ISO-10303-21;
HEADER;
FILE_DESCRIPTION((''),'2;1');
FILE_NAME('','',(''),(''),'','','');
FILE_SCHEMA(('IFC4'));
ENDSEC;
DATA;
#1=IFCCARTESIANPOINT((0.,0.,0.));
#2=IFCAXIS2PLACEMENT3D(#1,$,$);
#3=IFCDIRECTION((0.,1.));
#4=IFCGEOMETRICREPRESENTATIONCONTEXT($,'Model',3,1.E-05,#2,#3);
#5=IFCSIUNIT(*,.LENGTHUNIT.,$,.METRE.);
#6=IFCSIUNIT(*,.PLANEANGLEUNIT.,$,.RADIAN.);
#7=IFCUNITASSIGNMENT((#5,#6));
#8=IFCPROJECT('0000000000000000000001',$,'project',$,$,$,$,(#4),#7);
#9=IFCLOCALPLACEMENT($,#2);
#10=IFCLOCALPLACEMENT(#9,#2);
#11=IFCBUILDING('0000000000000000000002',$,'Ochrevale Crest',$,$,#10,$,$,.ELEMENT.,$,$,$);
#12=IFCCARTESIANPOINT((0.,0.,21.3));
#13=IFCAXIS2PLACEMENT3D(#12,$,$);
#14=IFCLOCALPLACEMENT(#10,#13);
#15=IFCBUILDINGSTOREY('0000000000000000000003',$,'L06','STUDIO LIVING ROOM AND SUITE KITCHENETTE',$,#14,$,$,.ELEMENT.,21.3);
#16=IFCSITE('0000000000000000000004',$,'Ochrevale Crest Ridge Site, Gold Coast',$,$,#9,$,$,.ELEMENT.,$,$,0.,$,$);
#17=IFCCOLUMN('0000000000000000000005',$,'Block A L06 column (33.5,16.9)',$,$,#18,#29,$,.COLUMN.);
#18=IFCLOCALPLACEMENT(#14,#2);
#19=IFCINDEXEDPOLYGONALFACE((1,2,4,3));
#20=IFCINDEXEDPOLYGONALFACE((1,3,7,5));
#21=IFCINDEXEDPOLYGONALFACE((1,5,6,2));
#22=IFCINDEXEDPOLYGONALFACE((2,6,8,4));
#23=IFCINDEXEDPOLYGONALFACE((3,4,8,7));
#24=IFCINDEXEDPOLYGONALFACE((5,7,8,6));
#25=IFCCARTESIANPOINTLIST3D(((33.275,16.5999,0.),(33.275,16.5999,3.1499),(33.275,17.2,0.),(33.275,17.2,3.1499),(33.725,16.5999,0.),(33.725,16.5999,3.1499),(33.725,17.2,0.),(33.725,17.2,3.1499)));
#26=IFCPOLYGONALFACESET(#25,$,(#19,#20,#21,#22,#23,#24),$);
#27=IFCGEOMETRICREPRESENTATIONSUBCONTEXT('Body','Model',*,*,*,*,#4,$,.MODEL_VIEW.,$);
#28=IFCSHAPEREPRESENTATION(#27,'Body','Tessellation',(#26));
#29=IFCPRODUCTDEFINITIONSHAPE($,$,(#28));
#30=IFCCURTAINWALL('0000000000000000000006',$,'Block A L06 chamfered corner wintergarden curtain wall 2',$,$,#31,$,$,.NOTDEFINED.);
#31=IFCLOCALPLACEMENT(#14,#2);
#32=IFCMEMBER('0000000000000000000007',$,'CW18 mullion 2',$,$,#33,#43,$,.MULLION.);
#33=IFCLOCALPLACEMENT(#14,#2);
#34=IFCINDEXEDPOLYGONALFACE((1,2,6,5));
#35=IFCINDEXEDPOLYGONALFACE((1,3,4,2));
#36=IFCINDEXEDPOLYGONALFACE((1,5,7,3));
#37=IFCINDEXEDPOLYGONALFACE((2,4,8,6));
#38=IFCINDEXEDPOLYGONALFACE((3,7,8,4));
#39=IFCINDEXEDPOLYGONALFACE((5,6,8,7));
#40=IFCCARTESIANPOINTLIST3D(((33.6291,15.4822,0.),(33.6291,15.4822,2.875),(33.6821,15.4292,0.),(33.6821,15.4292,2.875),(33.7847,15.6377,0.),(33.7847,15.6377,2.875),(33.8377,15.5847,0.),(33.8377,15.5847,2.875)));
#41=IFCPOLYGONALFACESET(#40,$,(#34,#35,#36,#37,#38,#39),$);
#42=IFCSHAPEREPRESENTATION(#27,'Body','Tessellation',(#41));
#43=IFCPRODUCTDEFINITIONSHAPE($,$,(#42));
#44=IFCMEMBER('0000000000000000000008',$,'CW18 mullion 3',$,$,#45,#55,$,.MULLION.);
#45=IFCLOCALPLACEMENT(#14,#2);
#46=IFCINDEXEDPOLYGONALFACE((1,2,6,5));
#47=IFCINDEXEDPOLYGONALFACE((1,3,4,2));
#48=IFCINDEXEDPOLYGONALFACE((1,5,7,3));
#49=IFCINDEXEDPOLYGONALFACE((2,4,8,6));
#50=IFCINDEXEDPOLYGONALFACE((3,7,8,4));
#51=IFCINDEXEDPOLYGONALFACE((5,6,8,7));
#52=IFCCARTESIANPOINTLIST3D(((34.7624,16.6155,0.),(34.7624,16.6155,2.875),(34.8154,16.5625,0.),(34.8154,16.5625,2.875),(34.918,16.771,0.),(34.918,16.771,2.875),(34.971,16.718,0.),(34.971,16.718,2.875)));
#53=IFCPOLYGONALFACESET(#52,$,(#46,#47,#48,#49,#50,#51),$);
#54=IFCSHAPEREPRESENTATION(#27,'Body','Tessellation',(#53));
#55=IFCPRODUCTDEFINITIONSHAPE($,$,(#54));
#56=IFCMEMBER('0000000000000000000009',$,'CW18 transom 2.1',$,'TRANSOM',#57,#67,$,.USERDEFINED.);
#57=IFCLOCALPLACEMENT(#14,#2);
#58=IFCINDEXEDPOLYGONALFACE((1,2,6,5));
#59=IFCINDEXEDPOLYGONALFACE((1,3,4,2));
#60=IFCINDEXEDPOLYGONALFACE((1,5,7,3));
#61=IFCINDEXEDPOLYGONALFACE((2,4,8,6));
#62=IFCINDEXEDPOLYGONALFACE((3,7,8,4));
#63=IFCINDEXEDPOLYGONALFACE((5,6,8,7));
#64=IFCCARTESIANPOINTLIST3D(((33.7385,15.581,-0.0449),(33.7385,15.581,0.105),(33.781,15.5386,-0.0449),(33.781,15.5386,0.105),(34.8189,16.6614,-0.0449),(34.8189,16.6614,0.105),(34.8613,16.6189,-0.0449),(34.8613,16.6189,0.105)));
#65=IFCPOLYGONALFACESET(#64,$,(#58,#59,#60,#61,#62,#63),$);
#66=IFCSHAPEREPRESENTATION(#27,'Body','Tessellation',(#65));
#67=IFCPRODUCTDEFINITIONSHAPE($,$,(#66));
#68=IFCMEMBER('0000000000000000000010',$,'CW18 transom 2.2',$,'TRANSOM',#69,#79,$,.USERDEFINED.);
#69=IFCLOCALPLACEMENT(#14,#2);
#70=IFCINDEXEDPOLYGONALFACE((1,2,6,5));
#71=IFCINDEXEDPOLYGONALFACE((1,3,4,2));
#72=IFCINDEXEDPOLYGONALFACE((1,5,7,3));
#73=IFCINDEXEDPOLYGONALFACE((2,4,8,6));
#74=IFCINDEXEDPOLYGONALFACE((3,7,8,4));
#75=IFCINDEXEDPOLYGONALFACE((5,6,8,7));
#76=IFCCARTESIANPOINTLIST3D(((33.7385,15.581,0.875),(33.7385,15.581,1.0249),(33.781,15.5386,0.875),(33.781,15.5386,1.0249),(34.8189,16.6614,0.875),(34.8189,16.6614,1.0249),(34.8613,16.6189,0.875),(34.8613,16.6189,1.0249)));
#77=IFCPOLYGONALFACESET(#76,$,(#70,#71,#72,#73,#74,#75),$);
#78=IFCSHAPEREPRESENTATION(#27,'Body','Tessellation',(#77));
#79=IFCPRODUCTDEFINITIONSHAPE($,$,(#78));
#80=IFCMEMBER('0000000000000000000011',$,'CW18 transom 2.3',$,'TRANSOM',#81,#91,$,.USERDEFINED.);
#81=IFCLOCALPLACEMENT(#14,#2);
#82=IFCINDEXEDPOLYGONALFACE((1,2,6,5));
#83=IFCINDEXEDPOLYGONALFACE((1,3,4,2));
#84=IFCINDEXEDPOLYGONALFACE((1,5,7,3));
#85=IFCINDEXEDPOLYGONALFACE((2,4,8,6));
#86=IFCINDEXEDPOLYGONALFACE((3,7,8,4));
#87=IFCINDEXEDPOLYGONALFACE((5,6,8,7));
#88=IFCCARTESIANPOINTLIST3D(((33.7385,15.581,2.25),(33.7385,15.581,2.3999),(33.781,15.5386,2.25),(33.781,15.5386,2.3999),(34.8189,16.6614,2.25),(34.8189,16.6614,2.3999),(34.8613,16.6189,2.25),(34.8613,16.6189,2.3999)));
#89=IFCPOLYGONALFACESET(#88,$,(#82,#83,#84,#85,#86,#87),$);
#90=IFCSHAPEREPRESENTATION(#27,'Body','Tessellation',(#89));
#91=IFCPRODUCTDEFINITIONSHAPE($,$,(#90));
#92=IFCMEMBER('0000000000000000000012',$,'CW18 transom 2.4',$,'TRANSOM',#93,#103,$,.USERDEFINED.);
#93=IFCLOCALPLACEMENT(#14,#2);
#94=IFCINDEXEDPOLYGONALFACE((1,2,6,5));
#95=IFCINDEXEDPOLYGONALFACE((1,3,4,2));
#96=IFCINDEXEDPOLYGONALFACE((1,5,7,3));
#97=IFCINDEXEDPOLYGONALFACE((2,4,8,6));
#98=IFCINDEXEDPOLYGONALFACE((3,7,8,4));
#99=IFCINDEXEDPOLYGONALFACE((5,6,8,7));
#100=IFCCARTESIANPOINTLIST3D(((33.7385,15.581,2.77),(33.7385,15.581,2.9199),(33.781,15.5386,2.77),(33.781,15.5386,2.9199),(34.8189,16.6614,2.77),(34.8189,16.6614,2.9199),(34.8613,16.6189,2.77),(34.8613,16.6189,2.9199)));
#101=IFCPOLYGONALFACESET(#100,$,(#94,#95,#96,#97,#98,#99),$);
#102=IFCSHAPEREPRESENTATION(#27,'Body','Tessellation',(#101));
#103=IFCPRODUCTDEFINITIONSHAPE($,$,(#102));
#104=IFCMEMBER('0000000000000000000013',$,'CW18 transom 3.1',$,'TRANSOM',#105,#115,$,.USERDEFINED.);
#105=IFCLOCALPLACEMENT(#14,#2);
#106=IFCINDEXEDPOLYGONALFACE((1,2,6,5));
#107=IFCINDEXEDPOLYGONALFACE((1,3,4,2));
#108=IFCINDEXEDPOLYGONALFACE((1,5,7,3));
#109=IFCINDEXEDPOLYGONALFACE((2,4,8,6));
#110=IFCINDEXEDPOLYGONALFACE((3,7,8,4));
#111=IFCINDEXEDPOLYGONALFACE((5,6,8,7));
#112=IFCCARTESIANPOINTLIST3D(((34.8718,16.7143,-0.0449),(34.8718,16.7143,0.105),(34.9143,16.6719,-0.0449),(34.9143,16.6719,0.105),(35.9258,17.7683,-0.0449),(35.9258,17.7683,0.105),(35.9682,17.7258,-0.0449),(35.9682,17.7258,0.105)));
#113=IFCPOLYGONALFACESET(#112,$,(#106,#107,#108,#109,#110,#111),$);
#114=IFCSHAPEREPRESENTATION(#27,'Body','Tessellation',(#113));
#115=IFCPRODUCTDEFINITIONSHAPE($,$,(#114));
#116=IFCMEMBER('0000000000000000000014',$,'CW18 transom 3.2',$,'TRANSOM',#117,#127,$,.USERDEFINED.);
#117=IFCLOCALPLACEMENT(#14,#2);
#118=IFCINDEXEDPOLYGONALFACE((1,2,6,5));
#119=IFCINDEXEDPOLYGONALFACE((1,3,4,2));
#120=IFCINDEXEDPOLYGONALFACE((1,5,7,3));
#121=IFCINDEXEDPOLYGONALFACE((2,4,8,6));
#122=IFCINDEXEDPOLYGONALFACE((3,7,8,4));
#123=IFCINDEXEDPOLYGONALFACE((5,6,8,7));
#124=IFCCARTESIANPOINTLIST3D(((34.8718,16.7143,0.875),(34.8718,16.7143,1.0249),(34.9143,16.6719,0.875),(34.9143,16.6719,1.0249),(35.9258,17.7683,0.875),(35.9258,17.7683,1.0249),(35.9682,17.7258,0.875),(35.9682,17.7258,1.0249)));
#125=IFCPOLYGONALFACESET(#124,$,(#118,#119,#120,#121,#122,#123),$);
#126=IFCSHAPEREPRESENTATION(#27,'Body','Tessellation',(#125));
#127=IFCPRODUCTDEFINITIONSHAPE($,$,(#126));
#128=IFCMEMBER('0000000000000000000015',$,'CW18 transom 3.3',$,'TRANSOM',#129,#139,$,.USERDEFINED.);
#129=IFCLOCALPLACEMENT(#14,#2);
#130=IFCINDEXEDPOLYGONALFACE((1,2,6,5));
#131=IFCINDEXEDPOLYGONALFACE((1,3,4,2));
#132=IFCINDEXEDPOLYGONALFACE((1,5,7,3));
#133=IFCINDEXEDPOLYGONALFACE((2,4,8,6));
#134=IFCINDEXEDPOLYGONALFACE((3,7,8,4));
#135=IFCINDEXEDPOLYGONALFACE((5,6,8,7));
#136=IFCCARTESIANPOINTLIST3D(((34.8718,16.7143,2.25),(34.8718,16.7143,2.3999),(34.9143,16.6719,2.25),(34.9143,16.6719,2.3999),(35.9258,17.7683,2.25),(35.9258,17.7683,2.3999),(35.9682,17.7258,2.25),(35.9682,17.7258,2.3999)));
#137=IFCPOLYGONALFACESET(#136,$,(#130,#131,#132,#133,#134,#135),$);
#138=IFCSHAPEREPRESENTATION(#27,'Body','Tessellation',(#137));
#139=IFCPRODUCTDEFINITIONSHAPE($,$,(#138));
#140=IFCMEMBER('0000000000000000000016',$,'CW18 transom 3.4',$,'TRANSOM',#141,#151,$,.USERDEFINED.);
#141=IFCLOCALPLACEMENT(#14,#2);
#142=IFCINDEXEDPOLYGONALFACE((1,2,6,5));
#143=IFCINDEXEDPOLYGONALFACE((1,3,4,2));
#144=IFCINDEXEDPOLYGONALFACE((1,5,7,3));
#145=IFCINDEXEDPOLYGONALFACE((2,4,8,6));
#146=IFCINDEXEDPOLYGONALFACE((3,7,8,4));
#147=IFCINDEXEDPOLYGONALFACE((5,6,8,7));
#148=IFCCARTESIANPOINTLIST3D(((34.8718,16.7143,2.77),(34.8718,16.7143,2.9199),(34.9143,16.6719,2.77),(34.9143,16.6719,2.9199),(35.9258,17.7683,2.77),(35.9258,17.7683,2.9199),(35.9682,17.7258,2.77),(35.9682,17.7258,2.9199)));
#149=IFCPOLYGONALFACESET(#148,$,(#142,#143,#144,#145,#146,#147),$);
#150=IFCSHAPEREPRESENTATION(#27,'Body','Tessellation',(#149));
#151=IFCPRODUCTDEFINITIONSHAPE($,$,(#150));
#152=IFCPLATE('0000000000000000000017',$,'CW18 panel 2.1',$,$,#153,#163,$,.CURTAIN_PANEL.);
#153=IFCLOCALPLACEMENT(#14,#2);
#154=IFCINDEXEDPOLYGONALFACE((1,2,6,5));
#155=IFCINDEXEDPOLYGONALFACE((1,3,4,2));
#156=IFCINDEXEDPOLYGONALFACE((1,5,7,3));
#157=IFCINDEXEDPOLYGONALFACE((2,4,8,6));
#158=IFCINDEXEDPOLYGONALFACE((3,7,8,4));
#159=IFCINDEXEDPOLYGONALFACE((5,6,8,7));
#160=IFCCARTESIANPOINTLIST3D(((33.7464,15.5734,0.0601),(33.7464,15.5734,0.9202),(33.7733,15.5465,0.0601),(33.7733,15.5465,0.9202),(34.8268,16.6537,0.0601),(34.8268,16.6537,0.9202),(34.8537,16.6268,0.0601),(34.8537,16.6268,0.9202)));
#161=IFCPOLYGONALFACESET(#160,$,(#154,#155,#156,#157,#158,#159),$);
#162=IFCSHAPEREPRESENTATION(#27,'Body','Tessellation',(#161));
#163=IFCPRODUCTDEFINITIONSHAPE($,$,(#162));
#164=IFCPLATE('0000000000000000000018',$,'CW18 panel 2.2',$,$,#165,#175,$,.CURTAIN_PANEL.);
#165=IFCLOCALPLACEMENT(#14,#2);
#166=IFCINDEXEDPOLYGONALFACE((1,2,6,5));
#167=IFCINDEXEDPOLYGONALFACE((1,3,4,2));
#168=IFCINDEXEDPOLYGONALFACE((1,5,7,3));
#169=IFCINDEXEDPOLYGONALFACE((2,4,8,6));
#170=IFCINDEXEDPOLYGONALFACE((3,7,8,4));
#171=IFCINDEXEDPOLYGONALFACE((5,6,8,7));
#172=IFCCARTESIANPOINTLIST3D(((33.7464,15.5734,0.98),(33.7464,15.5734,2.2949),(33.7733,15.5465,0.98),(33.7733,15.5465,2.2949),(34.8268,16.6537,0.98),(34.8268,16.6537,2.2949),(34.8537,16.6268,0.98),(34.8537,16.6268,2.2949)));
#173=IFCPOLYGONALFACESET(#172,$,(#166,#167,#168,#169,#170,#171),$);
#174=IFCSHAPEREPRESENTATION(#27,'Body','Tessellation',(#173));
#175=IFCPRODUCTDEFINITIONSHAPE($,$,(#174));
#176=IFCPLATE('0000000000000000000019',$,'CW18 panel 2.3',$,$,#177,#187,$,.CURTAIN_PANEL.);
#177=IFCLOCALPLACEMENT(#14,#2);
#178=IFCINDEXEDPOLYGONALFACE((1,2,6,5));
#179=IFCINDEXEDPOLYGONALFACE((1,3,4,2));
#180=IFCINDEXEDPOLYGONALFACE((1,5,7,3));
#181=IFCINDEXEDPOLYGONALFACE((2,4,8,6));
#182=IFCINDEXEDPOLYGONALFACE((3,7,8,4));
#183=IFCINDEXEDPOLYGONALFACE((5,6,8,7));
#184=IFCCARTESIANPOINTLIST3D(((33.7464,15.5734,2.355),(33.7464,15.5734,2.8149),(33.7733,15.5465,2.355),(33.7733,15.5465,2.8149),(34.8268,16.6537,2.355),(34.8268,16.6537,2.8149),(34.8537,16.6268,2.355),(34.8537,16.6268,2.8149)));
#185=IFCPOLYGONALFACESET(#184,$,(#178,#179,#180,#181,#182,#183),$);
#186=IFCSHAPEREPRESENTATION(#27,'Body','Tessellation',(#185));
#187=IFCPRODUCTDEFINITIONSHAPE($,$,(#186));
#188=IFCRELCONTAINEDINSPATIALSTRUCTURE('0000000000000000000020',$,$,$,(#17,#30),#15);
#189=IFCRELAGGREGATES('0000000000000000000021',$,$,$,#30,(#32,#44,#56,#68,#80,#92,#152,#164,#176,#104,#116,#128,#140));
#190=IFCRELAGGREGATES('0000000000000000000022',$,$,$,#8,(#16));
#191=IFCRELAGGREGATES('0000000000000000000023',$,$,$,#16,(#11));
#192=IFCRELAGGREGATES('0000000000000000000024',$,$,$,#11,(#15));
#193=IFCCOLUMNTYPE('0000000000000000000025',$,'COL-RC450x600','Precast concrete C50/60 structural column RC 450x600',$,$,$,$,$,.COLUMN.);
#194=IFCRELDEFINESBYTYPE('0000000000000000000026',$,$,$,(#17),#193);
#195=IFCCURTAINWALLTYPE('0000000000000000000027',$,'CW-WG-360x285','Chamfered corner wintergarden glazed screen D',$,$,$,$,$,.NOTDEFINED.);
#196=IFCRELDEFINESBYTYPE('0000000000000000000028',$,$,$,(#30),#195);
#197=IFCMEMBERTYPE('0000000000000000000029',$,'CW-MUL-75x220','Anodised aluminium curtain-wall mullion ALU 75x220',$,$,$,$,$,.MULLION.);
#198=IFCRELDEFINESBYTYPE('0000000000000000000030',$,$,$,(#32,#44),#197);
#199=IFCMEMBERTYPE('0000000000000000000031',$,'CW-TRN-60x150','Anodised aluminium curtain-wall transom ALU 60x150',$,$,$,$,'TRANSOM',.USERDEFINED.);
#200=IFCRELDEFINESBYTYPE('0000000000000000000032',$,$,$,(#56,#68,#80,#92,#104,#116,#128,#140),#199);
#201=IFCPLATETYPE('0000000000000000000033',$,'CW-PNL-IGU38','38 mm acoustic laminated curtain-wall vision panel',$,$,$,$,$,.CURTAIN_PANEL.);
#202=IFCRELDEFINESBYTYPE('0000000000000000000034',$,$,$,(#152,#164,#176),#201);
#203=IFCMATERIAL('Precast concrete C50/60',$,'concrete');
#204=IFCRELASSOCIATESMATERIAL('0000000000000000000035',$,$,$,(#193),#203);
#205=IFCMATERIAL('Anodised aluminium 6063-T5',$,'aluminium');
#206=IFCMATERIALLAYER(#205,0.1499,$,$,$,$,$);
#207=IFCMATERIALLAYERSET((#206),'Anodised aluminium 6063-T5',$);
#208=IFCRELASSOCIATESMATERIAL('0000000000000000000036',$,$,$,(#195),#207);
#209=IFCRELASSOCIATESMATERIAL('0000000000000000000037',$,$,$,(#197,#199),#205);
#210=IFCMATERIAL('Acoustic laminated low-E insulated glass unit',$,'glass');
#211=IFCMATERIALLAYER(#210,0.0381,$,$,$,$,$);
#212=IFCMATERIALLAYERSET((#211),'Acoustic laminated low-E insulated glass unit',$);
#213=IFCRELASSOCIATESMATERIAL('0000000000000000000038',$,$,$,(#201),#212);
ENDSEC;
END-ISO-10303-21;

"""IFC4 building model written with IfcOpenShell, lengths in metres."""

from ifc_helpers import new_model, si_unit, direction, frame, origin, origin_2d, place, context, subcontext, project, spatial, rectangle, extrude, material, layer, layer_set, material_profile, profile_set, type_object, element, aggregate, save


model = new_model("IFC4")

# Units and contexts
model_context = context("Model", 3, precision=1e-05, world=origin(), true_north=direction((0.0, 1.0)))
body_context = subcontext(model_context, "Body", "Model", "MODEL_VIEW")
ifc_project = project(units=[si_unit("LENGTHUNIT", "METRE"), si_unit("PLANEANGLEUNIT", "RADIAN")], contexts=[model_context])

# Site, building, storey
site_placement = place(None, origin())
site = spatial("IfcSite", under=ifc_project, at=site_placement, Name="Ochrevale Crest Ridge Site, Gold Coast", CompositionType="ELEMENT", RefElevation=0.0)
building_placement = place(site_placement, origin())
building = spatial("IfcBuilding", under=site, at=building_placement, Name="Ochrevale Crest", CompositionType="ELEMENT")
storey_placement = place(building_placement, frame((0.0, 0.0, 21.3)))
storey = spatial("IfcBuildingStorey", under=building, at=storey_placement, Name="L06", Description="STUDIO LIVING ROOM AND SUITE KITCHENETTE", CompositionType="ELEMENT", Elevation=21.3)

# Column
ifc_material_1 = material(Name="Precast concrete C50/60", Category="concrete")
ifc_material_profile_1 = material_profile(ifc_material_1, rectangle(XDim=0.45, YDim=0.6001, at=origin_2d()), Name="RC 450x600")
ifc_profile_set_1 = profile_set([ifc_material_profile_1], Name="Precast concrete C50/60")
column_type = type_object("IfcColumnType", Name="COL-RC450x600", Description="Precast concrete C50/60 structural column RC 450x600", PredefinedType="COLUMN", material=ifc_profile_set_1)
column_placement = place(storey_placement, frame((33.5, 16.8999, 0.0), z_axis=(0.0, 0.0, 1.0), x_axis=(1.0, 0.0, 0.0)))
element("IfcColumn", 1, at=column_placement, inside=storey, type_object=column_type, Name="Block A L06 column (33.5,16.9)", PredefinedType="COLUMN", context=body_context, shape_type="SweptSolid", body=[
    extrude(rectangle(XDim=0.45, YDim=0.6001, at=origin_2d()), origin(), (0.0, 0.0, 1.0), 3.1499),
])

# Curtain wall, members, plates
ifc_material_2 = material(Name="Anodised aluminium 6063-T5", Category="aluminium")
ifc_layer_1 = layer(ifc_material_2, 0.1499)
ifc_layer_set_1 = layer_set([ifc_layer_1], Name="Anodised aluminium 6063-T5")
curtain_wall_type = type_object("IfcCurtainWallType", Name="CW-WG-360x285", Description="Chamfered corner wintergarden glazed screen D", PredefinedType="NOTDEFINED", material=ifc_layer_set_1)
curtain_wall_placement = place(storey_placement, origin())
curtain_wall = element("IfcCurtainWall", 2, at=curtain_wall_placement, inside=storey, type_object=curtain_wall_type, Name="Block A L06 chamfered corner wintergarden curtain wall 2", PredefinedType="NOTDEFINED")
ifc_material_profile_2 = material_profile(ifc_material_2, rectangle(XDim=0.075, YDim=0.22, at=origin_2d()), Name="ALU 75x220")
ifc_profile_set_2 = profile_set([ifc_material_profile_2], Name="Anodised aluminium 6063-T5")
member_type_1 = type_object("IfcMemberType", Name="CW-MUL-75x220", Description="Anodised aluminium curtain-wall mullion ALU 75x220", PredefinedType="MULLION", material=ifc_profile_set_2)
member_1_placement = place(storey_placement, frame((33.7334, 15.5334, 0.0), z_axis=(0.0, 0.0, 1.0), x_axis=(-0.707107, 0.707107, 0.0)))
member_1 = element("IfcMember", 3, at=member_1_placement, type_object=member_type_1, Name="CW18 mullion 2", PredefinedType="MULLION", context=body_context, shape_type="SweptSolid", body=[
    extrude(rectangle(XDim=0.075, YDim=0.22, at=origin_2d()), origin(), (0.0, 0.0, 1.0), 2.875),
])
member_2_placement = place(storey_placement, frame((34.8667, 16.6667, 0.0), z_axis=(0.0, 0.0, 1.0), x_axis=(-0.707107, 0.707107, 0.0)))
member_2 = element("IfcMember", 4, at=member_2_placement, type_object=member_type_1, Name="CW18 mullion 3", PredefinedType="MULLION", context=body_context, shape_type="SweptSolid", body=[
    extrude(rectangle(XDim=0.075, YDim=0.22, at=origin_2d()), origin(), (0.0, 0.0, 1.0), 2.875),
])
ifc_material_profile_3 = material_profile(ifc_material_2, rectangle(XDim=0.0601, YDim=0.1499, at=origin_2d()), Name="ALU 60x150")
ifc_profile_set_3 = profile_set([ifc_material_profile_3], Name="Anodised aluminium 6063-T5")
member_type_2 = type_object("IfcMemberType", Name="CW-TRN-60x150", Description="Anodised aluminium curtain-wall transom ALU 60x150", ElementType="TRANSOM", PredefinedType="USERDEFINED", material=ifc_profile_set_3)
member_3_placement = place(storey_placement, frame((33.7598, 15.5598, 0.03), z_axis=(0.707107, 0.707107, 0.0), x_axis=(-0.707107, 0.707107, 0.0)))
member_3 = element("IfcMember", 5, at=member_3_placement, type_object=member_type_2, Name="CW18 transom 2.1", ObjectType="TRANSOM", PredefinedType="USERDEFINED", context=body_context, shape_type="SweptSolid", body=[
    extrude(rectangle(XDim=0.0601, YDim=0.1499, at=origin_2d()), origin(), (0.0, 0.0, 1.0), 1.5278),
])
member_4_placement = place(storey_placement, frame((33.7598, 15.5598, 0.95), z_axis=(0.707107, 0.707107, 0.0), x_axis=(-0.707107, 0.707107, 0.0)))
member_4 = element("IfcMember", 6, at=member_4_placement, type_object=member_type_2, Name="CW18 transom 2.2", ObjectType="TRANSOM", PredefinedType="USERDEFINED", context=body_context, shape_type="SweptSolid", body=[
    extrude(rectangle(XDim=0.0601, YDim=0.1499, at=origin_2d()), origin(), (0.0, 0.0, 1.0), 1.5278),
])
member_5_placement = place(storey_placement, frame((33.7598, 15.5598, 2.325), z_axis=(0.707107, 0.707107, 0.0), x_axis=(-0.707107, 0.707107, 0.0)))
member_5 = element("IfcMember", 7, at=member_5_placement, type_object=member_type_2, Name="CW18 transom 2.3", ObjectType="TRANSOM", PredefinedType="USERDEFINED", context=body_context, shape_type="SweptSolid", body=[
    extrude(rectangle(XDim=0.0601, YDim=0.1499, at=origin_2d()), origin(), (0.0, 0.0, 1.0), 1.5278),
])
member_6_placement = place(storey_placement, frame((33.7598, 15.5598, 2.845), z_axis=(0.707107, 0.707107, 0.0), x_axis=(-0.707107, 0.707107, 0.0)))
member_6 = element("IfcMember", 8, at=member_6_placement, type_object=member_type_2, Name="CW18 transom 2.4", ObjectType="TRANSOM", PredefinedType="USERDEFINED", context=body_context, shape_type="SweptSolid", body=[
    extrude(rectangle(XDim=0.0601, YDim=0.1499, at=origin_2d()), origin(), (0.0, 0.0, 1.0), 1.5278),
])
member_7_placement = place(storey_placement, frame((34.8931, 16.6931, 0.03), z_axis=(0.707107, 0.707107, 0.0), x_axis=(-0.707107, 0.707107, 0.0)))
member_7 = element("IfcMember", 9, at=member_7_placement, type_object=member_type_2, Name="CW18 transom 3.1", ObjectType="TRANSOM", PredefinedType="USERDEFINED", context=body_context, shape_type="SweptSolid", body=[
    extrude(rectangle(XDim=0.0601, YDim=0.1499, at=origin_2d()), origin(), (0.0, 0.0, 1.0), 1.4905),
])
member_8_placement = place(storey_placement, frame((34.8931, 16.6931, 0.95), z_axis=(0.707107, 0.707107, 0.0), x_axis=(-0.707107, 0.707107, 0.0)))
member_8 = element("IfcMember", 10, at=member_8_placement, type_object=member_type_2, Name="CW18 transom 3.2", ObjectType="TRANSOM", PredefinedType="USERDEFINED", context=body_context, shape_type="SweptSolid", body=[
    extrude(rectangle(XDim=0.0601, YDim=0.1499, at=origin_2d()), origin(), (0.0, 0.0, 1.0), 1.4905),
])
member_9_placement = place(storey_placement, frame((34.8931, 16.6931, 2.325), z_axis=(0.707107, 0.707107, 0.0), x_axis=(-0.707107, 0.707107, 0.0)))
member_9 = element("IfcMember", 11, at=member_9_placement, type_object=member_type_2, Name="CW18 transom 3.3", ObjectType="TRANSOM", PredefinedType="USERDEFINED", context=body_context, shape_type="SweptSolid", body=[
    extrude(rectangle(XDim=0.0601, YDim=0.1499, at=origin_2d()), origin(), (0.0, 0.0, 1.0), 1.4905),
])
member_10_placement = place(storey_placement, frame((34.8931, 16.6931, 2.845), z_axis=(0.707107, 0.707107, 0.0), x_axis=(-0.707107, 0.707107, 0.0)))
member_10 = element("IfcMember", 12, at=member_10_placement, type_object=member_type_2, Name="CW18 transom 3.4", ObjectType="TRANSOM", PredefinedType="USERDEFINED", context=body_context, shape_type="SweptSolid", body=[
    extrude(rectangle(XDim=0.0601, YDim=0.1499, at=origin_2d()), origin(), (0.0, 0.0, 1.0), 1.4905),
])
ifc_material_3 = material(Name="Acoustic laminated low-E insulated glass unit", Category="glass")
ifc_layer_2 = layer(ifc_material_3, 0.0381)
ifc_layer_set_2 = layer_set([ifc_layer_2], Name="Acoustic laminated low-E insulated glass unit")
plate_type = type_object("IfcPlateType", Name="CW-PNL-IGU38", Description="38 mm acoustic laminated curtain-wall vision panel", PredefinedType="CURTAIN_PANEL", material=ifc_layer_set_2)
plate_1_placement = place(storey_placement, frame((34.3, 16.1001, 0.0601), z_axis=(0.0, 0.0, 1.0), x_axis=(0.707107, 0.707107, 0.0)))
plate_1 = element("IfcPlate", 13, at=plate_1_placement, type_object=plate_type, Name="CW18 panel 2.1", PredefinedType="CURTAIN_PANEL", context=body_context, shape_type="SweptSolid", body=[
    extrude(rectangle(XDim=1.5278, YDim=0.0381, at=origin_2d()), origin(), (0.0, 0.0, 1.0), 0.8601),
])
plate_2_placement = place(storey_placement, frame((34.3, 16.1001, 0.98), z_axis=(0.0, 0.0, 1.0), x_axis=(0.707107, 0.707107, 0.0)))
plate_2 = element("IfcPlate", 14, at=plate_2_placement, type_object=plate_type, Name="CW18 panel 2.2", PredefinedType="CURTAIN_PANEL", context=body_context, shape_type="SweptSolid", body=[
    extrude(rectangle(XDim=1.5278, YDim=0.0381, at=origin_2d()), origin(), (0.0, 0.0, 1.0), 1.3149),
])
plate_3_placement = place(storey_placement, frame((34.3, 16.1001, 2.355), z_axis=(0.0, 0.0, 1.0), x_axis=(0.707107, 0.707107, 0.0)))
plate_3 = element("IfcPlate", 15, at=plate_3_placement, type_object=plate_type, Name="CW18 panel 2.3", PredefinedType="CURTAIN_PANEL", context=body_context, shape_type="SweptSolid", body=[
    extrude(rectangle(XDim=1.5278, YDim=0.0381, at=origin_2d()), origin(), (0.0, 0.0, 1.0), 0.46),
])
aggregate(curtain_wall, [member_1, member_2, member_3, member_4, member_5, member_6, plate_1, plate_2, plate_3, member_7, member_8, member_9, member_10])

save(model, "model.ifc")
